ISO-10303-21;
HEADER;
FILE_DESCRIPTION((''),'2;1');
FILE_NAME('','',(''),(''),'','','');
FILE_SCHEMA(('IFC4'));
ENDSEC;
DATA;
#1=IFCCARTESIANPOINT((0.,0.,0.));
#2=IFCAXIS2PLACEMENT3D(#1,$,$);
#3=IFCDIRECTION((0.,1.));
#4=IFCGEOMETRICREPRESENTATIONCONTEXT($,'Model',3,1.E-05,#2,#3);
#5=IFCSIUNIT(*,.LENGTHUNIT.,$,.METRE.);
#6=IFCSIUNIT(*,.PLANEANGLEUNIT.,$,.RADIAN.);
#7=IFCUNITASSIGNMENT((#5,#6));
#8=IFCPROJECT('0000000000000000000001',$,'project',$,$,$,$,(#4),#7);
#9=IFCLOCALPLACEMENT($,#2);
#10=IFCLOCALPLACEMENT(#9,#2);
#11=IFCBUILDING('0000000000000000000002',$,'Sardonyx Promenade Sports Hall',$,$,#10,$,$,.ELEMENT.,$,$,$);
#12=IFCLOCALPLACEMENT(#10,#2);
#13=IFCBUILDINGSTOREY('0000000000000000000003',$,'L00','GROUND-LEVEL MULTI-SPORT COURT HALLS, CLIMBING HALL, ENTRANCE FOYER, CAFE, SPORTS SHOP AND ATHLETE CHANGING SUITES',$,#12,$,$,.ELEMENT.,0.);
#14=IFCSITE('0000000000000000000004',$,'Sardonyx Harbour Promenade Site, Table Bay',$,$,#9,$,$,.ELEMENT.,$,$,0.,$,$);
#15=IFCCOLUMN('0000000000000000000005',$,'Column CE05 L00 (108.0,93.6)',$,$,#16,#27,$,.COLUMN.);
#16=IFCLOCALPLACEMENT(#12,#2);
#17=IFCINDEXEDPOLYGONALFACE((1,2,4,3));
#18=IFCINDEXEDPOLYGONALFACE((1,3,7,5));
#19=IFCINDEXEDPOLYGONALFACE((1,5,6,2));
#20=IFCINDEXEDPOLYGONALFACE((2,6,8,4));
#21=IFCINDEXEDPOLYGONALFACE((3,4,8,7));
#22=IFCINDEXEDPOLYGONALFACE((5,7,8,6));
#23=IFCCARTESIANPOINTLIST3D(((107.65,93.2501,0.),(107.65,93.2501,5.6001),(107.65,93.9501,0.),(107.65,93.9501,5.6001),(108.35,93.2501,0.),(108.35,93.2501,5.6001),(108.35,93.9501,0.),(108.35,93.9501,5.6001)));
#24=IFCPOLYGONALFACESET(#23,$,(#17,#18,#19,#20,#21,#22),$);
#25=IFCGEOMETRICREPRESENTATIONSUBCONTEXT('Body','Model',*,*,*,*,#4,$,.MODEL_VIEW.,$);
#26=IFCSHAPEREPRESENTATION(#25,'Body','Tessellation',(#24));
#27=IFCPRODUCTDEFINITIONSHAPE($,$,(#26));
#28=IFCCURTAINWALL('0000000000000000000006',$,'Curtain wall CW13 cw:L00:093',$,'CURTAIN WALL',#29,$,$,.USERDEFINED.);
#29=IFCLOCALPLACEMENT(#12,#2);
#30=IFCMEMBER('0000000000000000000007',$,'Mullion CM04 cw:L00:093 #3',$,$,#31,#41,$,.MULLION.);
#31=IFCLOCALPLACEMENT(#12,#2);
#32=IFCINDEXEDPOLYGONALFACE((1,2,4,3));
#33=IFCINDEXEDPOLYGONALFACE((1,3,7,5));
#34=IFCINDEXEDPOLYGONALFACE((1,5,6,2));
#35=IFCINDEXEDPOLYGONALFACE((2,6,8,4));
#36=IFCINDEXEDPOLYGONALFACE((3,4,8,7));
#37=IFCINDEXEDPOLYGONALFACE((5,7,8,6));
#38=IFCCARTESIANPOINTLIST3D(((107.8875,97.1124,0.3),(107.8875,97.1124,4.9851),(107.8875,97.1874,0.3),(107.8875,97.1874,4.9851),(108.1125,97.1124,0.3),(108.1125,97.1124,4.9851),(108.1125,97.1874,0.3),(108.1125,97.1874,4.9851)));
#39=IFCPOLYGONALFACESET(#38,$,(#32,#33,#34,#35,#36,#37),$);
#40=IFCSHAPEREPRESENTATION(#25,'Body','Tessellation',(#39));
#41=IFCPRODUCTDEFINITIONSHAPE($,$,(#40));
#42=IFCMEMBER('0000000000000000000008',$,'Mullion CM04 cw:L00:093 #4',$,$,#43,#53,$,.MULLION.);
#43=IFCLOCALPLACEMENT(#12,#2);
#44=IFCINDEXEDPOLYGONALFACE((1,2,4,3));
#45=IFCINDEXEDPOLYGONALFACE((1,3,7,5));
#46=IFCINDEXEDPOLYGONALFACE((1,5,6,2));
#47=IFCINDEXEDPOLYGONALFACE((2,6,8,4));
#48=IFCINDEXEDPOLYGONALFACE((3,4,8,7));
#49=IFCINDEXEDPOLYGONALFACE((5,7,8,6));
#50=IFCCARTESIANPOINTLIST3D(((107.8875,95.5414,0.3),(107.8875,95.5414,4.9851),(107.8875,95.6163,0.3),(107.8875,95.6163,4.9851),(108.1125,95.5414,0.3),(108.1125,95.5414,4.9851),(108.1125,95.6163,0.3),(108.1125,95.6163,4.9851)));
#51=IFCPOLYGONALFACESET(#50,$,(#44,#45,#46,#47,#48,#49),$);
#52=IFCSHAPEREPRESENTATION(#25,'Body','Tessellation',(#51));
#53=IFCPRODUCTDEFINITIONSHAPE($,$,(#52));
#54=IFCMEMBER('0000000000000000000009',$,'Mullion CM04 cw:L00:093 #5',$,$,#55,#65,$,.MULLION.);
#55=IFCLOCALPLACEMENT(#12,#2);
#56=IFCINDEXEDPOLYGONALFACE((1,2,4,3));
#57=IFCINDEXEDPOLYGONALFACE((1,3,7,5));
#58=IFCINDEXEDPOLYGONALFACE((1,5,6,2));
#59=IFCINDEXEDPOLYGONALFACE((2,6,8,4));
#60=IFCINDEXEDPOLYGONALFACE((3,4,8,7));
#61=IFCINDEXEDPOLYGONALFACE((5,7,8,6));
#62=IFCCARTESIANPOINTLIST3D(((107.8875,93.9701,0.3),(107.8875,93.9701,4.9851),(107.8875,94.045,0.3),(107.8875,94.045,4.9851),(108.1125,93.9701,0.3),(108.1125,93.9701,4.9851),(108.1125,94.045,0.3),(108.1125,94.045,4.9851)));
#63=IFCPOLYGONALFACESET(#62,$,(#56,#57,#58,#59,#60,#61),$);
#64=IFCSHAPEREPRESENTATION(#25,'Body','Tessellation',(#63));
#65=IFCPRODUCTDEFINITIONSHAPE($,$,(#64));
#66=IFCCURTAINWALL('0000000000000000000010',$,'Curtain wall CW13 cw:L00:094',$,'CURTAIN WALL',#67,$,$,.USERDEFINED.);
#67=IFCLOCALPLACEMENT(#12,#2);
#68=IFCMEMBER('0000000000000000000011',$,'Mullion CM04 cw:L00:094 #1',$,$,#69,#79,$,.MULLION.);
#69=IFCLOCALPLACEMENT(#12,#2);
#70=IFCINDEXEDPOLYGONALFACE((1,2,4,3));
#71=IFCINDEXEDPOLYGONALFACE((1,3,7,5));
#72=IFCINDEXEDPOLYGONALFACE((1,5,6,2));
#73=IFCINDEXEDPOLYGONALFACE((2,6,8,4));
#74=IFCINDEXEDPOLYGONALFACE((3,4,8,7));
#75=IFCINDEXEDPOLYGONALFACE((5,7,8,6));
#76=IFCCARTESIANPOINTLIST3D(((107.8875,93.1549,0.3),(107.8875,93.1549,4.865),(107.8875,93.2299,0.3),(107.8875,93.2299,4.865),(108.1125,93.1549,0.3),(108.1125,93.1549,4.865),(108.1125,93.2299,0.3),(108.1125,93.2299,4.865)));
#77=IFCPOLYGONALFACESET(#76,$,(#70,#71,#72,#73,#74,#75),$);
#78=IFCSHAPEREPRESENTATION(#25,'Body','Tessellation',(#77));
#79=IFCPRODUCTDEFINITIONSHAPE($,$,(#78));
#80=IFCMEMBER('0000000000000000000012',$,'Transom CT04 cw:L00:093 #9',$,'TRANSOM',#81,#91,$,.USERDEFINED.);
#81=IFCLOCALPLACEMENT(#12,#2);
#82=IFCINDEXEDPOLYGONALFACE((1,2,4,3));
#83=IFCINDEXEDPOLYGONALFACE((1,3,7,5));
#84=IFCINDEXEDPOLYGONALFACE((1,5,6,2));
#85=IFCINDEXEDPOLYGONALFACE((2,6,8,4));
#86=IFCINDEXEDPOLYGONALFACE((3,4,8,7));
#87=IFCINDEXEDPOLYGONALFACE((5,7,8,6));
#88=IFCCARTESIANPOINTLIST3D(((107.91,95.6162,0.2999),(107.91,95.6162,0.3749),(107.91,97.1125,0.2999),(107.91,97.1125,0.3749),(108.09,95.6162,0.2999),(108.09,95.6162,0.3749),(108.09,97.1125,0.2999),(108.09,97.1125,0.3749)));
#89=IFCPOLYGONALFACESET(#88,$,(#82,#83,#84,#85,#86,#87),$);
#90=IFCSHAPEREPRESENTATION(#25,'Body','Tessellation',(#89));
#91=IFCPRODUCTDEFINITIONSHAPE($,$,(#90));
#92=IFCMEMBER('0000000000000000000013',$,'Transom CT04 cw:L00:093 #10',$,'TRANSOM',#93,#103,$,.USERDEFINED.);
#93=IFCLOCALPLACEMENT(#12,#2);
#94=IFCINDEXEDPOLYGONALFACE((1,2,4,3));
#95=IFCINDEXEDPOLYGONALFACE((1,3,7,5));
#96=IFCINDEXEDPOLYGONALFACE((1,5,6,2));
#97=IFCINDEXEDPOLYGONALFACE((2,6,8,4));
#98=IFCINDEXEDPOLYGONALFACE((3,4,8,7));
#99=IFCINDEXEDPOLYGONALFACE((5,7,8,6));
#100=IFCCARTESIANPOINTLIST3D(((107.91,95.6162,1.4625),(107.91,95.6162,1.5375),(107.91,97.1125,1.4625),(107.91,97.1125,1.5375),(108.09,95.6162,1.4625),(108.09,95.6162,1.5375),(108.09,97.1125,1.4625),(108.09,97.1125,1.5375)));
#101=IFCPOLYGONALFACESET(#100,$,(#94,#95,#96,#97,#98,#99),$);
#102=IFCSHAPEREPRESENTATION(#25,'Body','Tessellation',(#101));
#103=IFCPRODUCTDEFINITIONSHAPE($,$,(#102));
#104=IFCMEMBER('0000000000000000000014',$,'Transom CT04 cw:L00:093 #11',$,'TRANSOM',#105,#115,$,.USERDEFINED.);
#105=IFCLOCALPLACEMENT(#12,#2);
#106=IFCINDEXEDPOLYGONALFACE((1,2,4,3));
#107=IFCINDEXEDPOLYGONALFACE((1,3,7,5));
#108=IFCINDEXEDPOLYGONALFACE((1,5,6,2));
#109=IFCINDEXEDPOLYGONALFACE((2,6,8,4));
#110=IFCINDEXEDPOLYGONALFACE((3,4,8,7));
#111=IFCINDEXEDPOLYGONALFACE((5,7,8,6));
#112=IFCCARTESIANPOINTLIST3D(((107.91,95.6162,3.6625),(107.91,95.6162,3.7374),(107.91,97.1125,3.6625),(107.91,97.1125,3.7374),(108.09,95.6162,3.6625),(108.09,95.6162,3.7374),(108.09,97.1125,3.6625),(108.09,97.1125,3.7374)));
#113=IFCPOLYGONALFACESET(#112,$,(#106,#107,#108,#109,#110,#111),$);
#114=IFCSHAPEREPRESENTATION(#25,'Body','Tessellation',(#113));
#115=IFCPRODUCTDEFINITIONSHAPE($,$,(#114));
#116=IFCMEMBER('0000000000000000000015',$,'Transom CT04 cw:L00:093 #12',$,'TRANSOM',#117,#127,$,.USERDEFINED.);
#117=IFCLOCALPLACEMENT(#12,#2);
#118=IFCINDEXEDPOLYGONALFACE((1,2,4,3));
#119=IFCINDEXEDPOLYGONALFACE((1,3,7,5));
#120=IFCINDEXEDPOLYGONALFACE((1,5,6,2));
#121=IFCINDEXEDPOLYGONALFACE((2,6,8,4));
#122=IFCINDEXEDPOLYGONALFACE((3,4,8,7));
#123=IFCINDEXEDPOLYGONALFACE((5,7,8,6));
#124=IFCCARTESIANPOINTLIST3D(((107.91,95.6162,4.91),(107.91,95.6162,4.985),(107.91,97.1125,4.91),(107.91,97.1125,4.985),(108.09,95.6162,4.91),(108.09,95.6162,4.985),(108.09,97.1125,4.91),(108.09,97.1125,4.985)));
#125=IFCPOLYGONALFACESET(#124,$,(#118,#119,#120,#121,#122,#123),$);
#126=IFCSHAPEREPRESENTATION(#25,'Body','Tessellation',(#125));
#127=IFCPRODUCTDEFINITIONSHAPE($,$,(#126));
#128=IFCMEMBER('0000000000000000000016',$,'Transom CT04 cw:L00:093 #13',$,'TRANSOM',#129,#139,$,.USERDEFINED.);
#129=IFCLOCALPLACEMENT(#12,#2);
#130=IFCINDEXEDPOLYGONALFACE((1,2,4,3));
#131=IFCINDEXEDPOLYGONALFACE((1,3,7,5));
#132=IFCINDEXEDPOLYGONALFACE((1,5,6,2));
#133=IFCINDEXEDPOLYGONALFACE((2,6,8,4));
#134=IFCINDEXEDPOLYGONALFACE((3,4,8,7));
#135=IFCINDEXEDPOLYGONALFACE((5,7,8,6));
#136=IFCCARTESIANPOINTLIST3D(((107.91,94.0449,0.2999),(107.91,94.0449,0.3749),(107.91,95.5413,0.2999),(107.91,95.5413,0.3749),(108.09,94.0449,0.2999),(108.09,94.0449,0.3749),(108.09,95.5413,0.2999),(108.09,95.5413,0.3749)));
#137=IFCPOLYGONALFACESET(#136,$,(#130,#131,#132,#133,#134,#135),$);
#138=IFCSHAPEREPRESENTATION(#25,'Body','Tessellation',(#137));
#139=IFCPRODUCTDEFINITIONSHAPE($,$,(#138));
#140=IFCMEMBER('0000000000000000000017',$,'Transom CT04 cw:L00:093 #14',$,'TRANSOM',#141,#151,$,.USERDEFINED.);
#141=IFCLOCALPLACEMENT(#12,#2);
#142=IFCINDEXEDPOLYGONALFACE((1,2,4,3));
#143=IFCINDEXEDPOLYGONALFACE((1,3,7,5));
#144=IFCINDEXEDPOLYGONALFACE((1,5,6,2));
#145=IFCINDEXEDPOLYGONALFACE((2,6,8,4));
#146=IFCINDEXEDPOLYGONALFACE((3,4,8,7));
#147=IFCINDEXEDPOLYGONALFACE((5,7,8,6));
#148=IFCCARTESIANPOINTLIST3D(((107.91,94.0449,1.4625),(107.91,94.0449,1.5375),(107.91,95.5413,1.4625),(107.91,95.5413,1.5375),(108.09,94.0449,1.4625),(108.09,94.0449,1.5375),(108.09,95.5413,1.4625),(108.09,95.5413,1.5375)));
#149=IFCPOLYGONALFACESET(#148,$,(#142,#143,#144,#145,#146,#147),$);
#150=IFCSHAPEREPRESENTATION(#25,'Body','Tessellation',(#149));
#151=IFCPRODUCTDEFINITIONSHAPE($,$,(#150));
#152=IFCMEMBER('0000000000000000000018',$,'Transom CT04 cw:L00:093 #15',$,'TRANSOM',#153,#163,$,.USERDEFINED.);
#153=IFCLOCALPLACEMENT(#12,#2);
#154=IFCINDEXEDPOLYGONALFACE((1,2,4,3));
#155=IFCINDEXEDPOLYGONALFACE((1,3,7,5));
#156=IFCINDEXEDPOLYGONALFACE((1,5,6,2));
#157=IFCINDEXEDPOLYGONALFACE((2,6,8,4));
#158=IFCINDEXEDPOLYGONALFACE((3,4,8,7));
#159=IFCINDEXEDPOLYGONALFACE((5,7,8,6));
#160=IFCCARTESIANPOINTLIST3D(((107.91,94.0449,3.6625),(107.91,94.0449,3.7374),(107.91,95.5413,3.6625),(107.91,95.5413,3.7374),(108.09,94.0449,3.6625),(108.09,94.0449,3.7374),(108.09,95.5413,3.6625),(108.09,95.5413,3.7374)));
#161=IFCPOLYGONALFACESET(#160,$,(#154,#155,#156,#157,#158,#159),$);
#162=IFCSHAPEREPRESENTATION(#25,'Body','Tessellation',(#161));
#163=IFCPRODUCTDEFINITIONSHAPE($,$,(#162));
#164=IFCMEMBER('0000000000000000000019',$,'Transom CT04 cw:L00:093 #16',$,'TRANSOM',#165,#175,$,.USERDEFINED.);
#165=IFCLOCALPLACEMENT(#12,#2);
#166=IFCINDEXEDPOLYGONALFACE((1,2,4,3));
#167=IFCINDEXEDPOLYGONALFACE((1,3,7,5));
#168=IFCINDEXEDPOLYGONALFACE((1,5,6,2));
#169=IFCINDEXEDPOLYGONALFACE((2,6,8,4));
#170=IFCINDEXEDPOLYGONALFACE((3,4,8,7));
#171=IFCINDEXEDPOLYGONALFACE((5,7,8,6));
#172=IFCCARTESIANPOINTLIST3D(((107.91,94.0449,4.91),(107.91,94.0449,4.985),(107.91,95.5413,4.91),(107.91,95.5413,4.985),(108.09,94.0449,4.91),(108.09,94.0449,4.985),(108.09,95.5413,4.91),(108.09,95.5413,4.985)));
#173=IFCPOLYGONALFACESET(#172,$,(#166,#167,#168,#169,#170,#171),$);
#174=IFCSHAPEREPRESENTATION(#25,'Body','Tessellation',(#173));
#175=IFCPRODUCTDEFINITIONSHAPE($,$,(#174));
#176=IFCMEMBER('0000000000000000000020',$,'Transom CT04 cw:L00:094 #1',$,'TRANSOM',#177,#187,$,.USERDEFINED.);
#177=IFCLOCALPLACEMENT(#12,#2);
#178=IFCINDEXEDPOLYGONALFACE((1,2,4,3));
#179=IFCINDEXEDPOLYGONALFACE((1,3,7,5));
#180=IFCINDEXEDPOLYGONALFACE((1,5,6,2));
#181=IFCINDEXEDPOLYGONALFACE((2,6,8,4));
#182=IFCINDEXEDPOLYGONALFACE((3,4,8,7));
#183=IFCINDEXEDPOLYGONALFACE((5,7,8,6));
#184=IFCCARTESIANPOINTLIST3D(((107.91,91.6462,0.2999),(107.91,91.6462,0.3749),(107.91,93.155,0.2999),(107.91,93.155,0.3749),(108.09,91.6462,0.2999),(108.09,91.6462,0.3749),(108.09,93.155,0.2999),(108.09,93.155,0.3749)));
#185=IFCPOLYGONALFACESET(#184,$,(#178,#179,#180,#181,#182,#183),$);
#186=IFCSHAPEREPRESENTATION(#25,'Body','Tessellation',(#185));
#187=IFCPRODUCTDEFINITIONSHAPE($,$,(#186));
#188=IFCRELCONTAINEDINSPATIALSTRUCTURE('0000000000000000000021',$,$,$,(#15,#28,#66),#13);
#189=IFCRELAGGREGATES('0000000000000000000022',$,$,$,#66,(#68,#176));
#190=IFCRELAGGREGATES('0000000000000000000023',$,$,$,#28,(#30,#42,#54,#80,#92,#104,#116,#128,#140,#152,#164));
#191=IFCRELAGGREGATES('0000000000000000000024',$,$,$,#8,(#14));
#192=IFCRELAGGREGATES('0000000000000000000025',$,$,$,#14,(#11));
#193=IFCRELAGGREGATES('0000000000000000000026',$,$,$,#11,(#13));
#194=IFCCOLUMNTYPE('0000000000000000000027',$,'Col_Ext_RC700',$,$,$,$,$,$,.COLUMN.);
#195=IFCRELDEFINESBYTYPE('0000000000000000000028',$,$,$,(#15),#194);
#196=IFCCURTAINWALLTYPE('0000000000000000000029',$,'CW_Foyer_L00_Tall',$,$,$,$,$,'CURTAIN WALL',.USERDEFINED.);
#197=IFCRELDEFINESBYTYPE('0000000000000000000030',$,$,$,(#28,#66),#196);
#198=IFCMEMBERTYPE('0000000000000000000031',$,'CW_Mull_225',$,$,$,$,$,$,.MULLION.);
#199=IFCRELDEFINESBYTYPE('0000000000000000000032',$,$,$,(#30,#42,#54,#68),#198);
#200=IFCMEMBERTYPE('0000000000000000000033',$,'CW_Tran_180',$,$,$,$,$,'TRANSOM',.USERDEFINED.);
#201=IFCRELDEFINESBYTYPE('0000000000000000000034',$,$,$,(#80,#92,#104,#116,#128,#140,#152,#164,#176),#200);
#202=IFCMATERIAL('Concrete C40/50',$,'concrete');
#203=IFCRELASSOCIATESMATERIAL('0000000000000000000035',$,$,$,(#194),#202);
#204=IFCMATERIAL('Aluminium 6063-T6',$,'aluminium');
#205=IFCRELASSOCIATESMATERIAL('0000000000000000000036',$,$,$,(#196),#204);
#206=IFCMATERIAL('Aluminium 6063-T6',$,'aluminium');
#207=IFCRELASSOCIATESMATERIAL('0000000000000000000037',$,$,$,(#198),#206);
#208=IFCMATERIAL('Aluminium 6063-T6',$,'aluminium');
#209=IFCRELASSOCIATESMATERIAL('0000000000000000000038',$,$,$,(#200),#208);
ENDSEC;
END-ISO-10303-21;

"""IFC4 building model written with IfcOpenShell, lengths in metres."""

from ifc_helpers import new_model, si_unit, direction, frame, origin, origin_2d, place, context, subcontext, project, spatial, rectangle, extrude, material, material_profile, profile_set, type_object, element, aggregate, save


model = new_model("IFC4")

# Units and contexts
model_context = context("Model", 3, precision=1e-05, world=origin(), true_north=direction((0.0, 1.0)))
body_context = subcontext(model_context, "Body", "Model", "MODEL_VIEW")
ifc_project = project(units=[si_unit("LENGTHUNIT", "METRE"), si_unit("PLANEANGLEUNIT", "RADIAN")], contexts=[model_context])

# Site, building, storey
site_placement = place(None, origin())
site = spatial("IfcSite", under=ifc_project, at=site_placement, Name="Sardonyx Harbour Promenade Site, Table Bay", CompositionType="ELEMENT", RefElevation=0.0)
building_placement = place(site_placement, origin())
building = spatial("IfcBuilding", under=site, at=building_placement, Name="Sardonyx Promenade Sports Hall", CompositionType="ELEMENT")
storey_placement = place(building_placement, origin())
storey = spatial("IfcBuildingStorey", under=building, at=storey_placement, Name="L00", Description="GROUND-LEVEL MULTI-SPORT COURT HALLS, CLIMBING HALL, ENTRANCE FOYER, CAFE, SPORTS SHOP AND ATHLETE CHANGING SUITES", CompositionType="ELEMENT", Elevation=0.0)

# Column
ifc_material_1 = material(Name="Concrete C40/50", Category="concrete")
ifc_material_profile_1 = material_profile(ifc_material_1, rectangle(XDim=0.7, YDim=0.7, at=origin_2d()))
ifc_profile_set_1 = profile_set([ifc_material_profile_1], Name="Concrete C40/50")
column_type = type_object("IfcColumnType", Name="Col_Ext_RC700", PredefinedType="COLUMN", material=ifc_profile_set_1)
column_placement = place(storey_placement, frame((108.0, 93.6001, 0.0), z_axis=(0.0, 0.0, 1.0), x_axis=(1.0, 0.0, 0.0)))
element("IfcColumn", 1, at=column_placement, inside=storey, type_object=column_type, Name="Column CE05 L00 (108.0,93.6)", PredefinedType="COLUMN", context=body_context, shape_type="SweptSolid", body=[
    extrude(rectangle(XDim=0.7, YDim=0.7, at=origin_2d()), origin(), (0.0, 0.0, 1.0), 5.6001),
])

# Curtain wall, members
ifc_material_2 = material(Name="Aluminium 6063-T6", Category="aluminium")
curtain_wall_type = type_object("IfcCurtainWallType", Name="CW_Foyer_L00_Tall", ElementType="CURTAIN WALL", PredefinedType="USERDEFINED", material=ifc_material_2)
curtain_wall_1_placement = place(storey_placement, origin())
curtain_wall_1 = element("IfcCurtainWall", 2, at=curtain_wall_1_placement, inside=storey, type_object=curtain_wall_type, Name="Curtain wall CW13 cw:L00:093", ObjectType="CURTAIN WALL", PredefinedType="USERDEFINED")
ifc_material_3 = material(Name="Aluminium 6063-T6", Category="aluminium")
ifc_material_profile_2 = material_profile(ifc_material_3, rectangle(XDim=0.075, YDim=0.2251, at=origin_2d()))
ifc_profile_set_2 = profile_set([ifc_material_profile_2], Name="Aluminium 6063-T6")
member_type_1 = type_object("IfcMemberType", Name="CW_Mull_225", PredefinedType="MULLION", material=ifc_profile_set_2)
member_1_placement = place(storey_placement, frame((108.0, 97.1499, 0.3), z_axis=(0.0, 0.0, 1.0), x_axis=(0.0, -1.0, 0.0)))
member_1 = element("IfcMember", 3, at=member_1_placement, type_object=member_type_1, Name="Mullion CM04 cw:L00:093 #3", PredefinedType="MULLION", context=body_context, shape_type="SweptSolid", body=[
    extrude(rectangle(XDim=0.075, YDim=0.2251, at=origin_2d()), origin(), (0.0, 0.0, 1.0), 4.6851),
])
member_2_placement = place(storey_placement, frame((108.0, 95.5789, 0.3), z_axis=(0.0, 0.0, 1.0), x_axis=(0.0, -1.0, 0.0)))
member_2 = element("IfcMember", 4, at=member_2_placement, type_object=member_type_1, Name="Mullion CM04 cw:L00:093 #4", PredefinedType="MULLION", context=body_context, shape_type="SweptSolid", body=[
    extrude(rectangle(XDim=0.075, YDim=0.2251, at=origin_2d()), origin(), (0.0, 0.0, 1.0), 4.6851),
])
member_3_placement = place(storey_placement, frame((108.0, 94.0076, 0.3), z_axis=(0.0, 0.0, 1.0), x_axis=(0.0, -1.0, 0.0)))
member_3 = element("IfcMember", 5, at=member_3_placement, type_object=member_type_1, Name="Mullion CM04 cw:L00:093 #5", PredefinedType="MULLION", context=body_context, shape_type="SweptSolid", body=[
    extrude(rectangle(XDim=0.075, YDim=0.2251, at=origin_2d()), origin(), (0.0, 0.0, 1.0), 4.6851),
])

# Curtain wall, member
curtain_wall_2_placement = place(storey_placement, origin())
curtain_wall_2 = element("IfcCurtainWall", 6, at=curtain_wall_2_placement, inside=storey, type_object=curtain_wall_type, Name="Curtain wall CW13 cw:L00:094", ObjectType="CURTAIN WALL", PredefinedType="USERDEFINED")
member_4_placement = place(storey_placement, frame((108.0, 93.1924, 0.3), z_axis=(0.0, 0.0, 1.0), x_axis=(0.0, -1.0, 0.0)))
member_4 = element("IfcMember", 7, at=member_4_placement, type_object=member_type_1, Name="Mullion CM04 cw:L00:094 #1", PredefinedType="MULLION", context=body_context, shape_type="SweptSolid", body=[
    extrude(rectangle(XDim=0.075, YDim=0.2251, at=origin_2d()), origin(), (0.0, 0.0, 1.0), 4.5649),
])

# Members
ifc_material_4 = material(Name="Aluminium 6063-T6", Category="aluminium")
ifc_material_profile_3 = material_profile(ifc_material_4, rectangle(XDim=0.075, YDim=0.1799, at=origin_2d()))
ifc_profile_set_3 = profile_set([ifc_material_profile_3], Name="Aluminium 6063-T6")
member_type_2 = type_object("IfcMemberType", Name="CW_Tran_180", ElementType="TRANSOM", PredefinedType="USERDEFINED", material=ifc_profile_set_3)
member_5_placement = place(storey_placement, frame((108.0, 97.1125, 0.3374), z_axis=(0.0, -1.0, 0.0), x_axis=(0.0, 0.0, 1.0)))
member_5 = element("IfcMember", 8, at=member_5_placement, type_object=member_type_2, Name="Transom CT04 cw:L00:093 #9", ObjectType="TRANSOM", PredefinedType="USERDEFINED", context=body_context, shape_type="SweptSolid", body=[
    extrude(rectangle(XDim=0.075, YDim=0.1799, at=origin_2d()), origin(), (0.0, 0.0, 1.0), 1.4963),
])
member_6_placement = place(storey_placement, frame((108.0, 97.1125, 1.5), z_axis=(0.0, -1.0, 0.0), x_axis=(0.0, 0.0, 1.0)))
member_6 = element("IfcMember", 9, at=member_6_placement, type_object=member_type_2, Name="Transom CT04 cw:L00:093 #10", ObjectType="TRANSOM", PredefinedType="USERDEFINED", context=body_context, shape_type="SweptSolid", body=[
    extrude(rectangle(XDim=0.075, YDim=0.1799, at=origin_2d()), origin(), (0.0, 0.0, 1.0), 1.4963),
])
member_7_placement = place(storey_placement, frame((108.0, 97.1125, 3.7), z_axis=(0.0, -1.0, 0.0), x_axis=(0.0, 0.0, 1.0)))
member_7 = element("IfcMember", 10, at=member_7_placement, type_object=member_type_2, Name="Transom CT04 cw:L00:093 #11", ObjectType="TRANSOM", PredefinedType="USERDEFINED", context=body_context, shape_type="SweptSolid", body=[
    extrude(rectangle(XDim=0.075, YDim=0.1799, at=origin_2d()), origin(), (0.0, 0.0, 1.0), 1.4963),
])
member_8_placement = place(storey_placement, frame((108.0, 97.1125, 4.9475), z_axis=(0.0, -1.0, 0.0), x_axis=(0.0, 0.0, 1.0)))
member_8 = element("IfcMember", 11, at=member_8_placement, type_object=member_type_2, Name="Transom CT04 cw:L00:093 #12", ObjectType="TRANSOM", PredefinedType="USERDEFINED", context=body_context, shape_type="SweptSolid", body=[
    extrude(rectangle(XDim=0.075, YDim=0.1799, at=origin_2d()), origin(), (0.0, 0.0, 1.0), 1.4963),
])
member_9_placement = place(storey_placement, frame((108.0, 95.5413, 0.3374), z_axis=(0.0, -1.0, 0.0), x_axis=(0.0, 0.0, 1.0)))
member_9 = element("IfcMember", 12, at=member_9_placement, type_object=member_type_2, Name="Transom CT04 cw:L00:093 #13", ObjectType="TRANSOM", PredefinedType="USERDEFINED", context=body_context, shape_type="SweptSolid", body=[
    extrude(rectangle(XDim=0.075, YDim=0.1799, at=origin_2d()), origin(), (0.0, 0.0, 1.0), 1.4963),
])
member_10_placement = place(storey_placement, frame((108.0, 95.5413, 1.5), z_axis=(0.0, -1.0, 0.0), x_axis=(0.0, 0.0, 1.0)))
member_10 = element("IfcMember", 13, at=member_10_placement, type_object=member_type_2, Name="Transom CT04 cw:L00:093 #14", ObjectType="TRANSOM", PredefinedType="USERDEFINED", context=body_context, shape_type="SweptSolid", body=[
    extrude(rectangle(XDim=0.075, YDim=0.1799, at=origin_2d()), origin(), (0.0, 0.0, 1.0), 1.4963),
])
member_11_placement = place(storey_placement, frame((108.0, 95.5413, 3.7), z_axis=(0.0, -1.0, 0.0), x_axis=(0.0, 0.0, 1.0)))
member_11 = element("IfcMember", 14, at=member_11_placement, type_object=member_type_2, Name="Transom CT04 cw:L00:093 #15", ObjectType="TRANSOM", PredefinedType="USERDEFINED", context=body_context, shape_type="SweptSolid", body=[
    extrude(rectangle(XDim=0.075, YDim=0.1799, at=origin_2d()), origin(), (0.0, 0.0, 1.0), 1.4963),
])
member_12_placement = place(storey_placement, frame((108.0, 95.5413, 4.9475), z_axis=(0.0, -1.0, 0.0), x_axis=(0.0, 0.0, 1.0)))
member_12 = element("IfcMember", 15, at=member_12_placement, type_object=member_type_2, Name="Transom CT04 cw:L00:093 #16", ObjectType="TRANSOM", PredefinedType="USERDEFINED", context=body_context, shape_type="SweptSolid", body=[
    extrude(rectangle(XDim=0.075, YDim=0.1799, at=origin_2d()), origin(), (0.0, 0.0, 1.0), 1.4963),
])
member_13_placement = place(storey_placement, frame((108.0, 93.155, 0.3374), z_axis=(0.0, -1.0, 0.0), x_axis=(0.0, 0.0, 1.0)))
member_13 = element("IfcMember", 16, at=member_13_placement, type_object=member_type_2, Name="Transom CT04 cw:L00:094 #1", ObjectType="TRANSOM", PredefinedType="USERDEFINED", context=body_context, shape_type="SweptSolid", body=[
    extrude(rectangle(XDim=0.075, YDim=0.1799, at=origin_2d()), origin(), (0.0, 0.0, 1.0), 1.5088),
])
aggregate(curtain_wall_2, [member_4, member_13])

aggregate(curtain_wall_1, [member_1, member_2, member_3, member_5, member_6, member_7, member_8, member_9, member_10, member_11, member_12])

save(model, "model.ifc")
